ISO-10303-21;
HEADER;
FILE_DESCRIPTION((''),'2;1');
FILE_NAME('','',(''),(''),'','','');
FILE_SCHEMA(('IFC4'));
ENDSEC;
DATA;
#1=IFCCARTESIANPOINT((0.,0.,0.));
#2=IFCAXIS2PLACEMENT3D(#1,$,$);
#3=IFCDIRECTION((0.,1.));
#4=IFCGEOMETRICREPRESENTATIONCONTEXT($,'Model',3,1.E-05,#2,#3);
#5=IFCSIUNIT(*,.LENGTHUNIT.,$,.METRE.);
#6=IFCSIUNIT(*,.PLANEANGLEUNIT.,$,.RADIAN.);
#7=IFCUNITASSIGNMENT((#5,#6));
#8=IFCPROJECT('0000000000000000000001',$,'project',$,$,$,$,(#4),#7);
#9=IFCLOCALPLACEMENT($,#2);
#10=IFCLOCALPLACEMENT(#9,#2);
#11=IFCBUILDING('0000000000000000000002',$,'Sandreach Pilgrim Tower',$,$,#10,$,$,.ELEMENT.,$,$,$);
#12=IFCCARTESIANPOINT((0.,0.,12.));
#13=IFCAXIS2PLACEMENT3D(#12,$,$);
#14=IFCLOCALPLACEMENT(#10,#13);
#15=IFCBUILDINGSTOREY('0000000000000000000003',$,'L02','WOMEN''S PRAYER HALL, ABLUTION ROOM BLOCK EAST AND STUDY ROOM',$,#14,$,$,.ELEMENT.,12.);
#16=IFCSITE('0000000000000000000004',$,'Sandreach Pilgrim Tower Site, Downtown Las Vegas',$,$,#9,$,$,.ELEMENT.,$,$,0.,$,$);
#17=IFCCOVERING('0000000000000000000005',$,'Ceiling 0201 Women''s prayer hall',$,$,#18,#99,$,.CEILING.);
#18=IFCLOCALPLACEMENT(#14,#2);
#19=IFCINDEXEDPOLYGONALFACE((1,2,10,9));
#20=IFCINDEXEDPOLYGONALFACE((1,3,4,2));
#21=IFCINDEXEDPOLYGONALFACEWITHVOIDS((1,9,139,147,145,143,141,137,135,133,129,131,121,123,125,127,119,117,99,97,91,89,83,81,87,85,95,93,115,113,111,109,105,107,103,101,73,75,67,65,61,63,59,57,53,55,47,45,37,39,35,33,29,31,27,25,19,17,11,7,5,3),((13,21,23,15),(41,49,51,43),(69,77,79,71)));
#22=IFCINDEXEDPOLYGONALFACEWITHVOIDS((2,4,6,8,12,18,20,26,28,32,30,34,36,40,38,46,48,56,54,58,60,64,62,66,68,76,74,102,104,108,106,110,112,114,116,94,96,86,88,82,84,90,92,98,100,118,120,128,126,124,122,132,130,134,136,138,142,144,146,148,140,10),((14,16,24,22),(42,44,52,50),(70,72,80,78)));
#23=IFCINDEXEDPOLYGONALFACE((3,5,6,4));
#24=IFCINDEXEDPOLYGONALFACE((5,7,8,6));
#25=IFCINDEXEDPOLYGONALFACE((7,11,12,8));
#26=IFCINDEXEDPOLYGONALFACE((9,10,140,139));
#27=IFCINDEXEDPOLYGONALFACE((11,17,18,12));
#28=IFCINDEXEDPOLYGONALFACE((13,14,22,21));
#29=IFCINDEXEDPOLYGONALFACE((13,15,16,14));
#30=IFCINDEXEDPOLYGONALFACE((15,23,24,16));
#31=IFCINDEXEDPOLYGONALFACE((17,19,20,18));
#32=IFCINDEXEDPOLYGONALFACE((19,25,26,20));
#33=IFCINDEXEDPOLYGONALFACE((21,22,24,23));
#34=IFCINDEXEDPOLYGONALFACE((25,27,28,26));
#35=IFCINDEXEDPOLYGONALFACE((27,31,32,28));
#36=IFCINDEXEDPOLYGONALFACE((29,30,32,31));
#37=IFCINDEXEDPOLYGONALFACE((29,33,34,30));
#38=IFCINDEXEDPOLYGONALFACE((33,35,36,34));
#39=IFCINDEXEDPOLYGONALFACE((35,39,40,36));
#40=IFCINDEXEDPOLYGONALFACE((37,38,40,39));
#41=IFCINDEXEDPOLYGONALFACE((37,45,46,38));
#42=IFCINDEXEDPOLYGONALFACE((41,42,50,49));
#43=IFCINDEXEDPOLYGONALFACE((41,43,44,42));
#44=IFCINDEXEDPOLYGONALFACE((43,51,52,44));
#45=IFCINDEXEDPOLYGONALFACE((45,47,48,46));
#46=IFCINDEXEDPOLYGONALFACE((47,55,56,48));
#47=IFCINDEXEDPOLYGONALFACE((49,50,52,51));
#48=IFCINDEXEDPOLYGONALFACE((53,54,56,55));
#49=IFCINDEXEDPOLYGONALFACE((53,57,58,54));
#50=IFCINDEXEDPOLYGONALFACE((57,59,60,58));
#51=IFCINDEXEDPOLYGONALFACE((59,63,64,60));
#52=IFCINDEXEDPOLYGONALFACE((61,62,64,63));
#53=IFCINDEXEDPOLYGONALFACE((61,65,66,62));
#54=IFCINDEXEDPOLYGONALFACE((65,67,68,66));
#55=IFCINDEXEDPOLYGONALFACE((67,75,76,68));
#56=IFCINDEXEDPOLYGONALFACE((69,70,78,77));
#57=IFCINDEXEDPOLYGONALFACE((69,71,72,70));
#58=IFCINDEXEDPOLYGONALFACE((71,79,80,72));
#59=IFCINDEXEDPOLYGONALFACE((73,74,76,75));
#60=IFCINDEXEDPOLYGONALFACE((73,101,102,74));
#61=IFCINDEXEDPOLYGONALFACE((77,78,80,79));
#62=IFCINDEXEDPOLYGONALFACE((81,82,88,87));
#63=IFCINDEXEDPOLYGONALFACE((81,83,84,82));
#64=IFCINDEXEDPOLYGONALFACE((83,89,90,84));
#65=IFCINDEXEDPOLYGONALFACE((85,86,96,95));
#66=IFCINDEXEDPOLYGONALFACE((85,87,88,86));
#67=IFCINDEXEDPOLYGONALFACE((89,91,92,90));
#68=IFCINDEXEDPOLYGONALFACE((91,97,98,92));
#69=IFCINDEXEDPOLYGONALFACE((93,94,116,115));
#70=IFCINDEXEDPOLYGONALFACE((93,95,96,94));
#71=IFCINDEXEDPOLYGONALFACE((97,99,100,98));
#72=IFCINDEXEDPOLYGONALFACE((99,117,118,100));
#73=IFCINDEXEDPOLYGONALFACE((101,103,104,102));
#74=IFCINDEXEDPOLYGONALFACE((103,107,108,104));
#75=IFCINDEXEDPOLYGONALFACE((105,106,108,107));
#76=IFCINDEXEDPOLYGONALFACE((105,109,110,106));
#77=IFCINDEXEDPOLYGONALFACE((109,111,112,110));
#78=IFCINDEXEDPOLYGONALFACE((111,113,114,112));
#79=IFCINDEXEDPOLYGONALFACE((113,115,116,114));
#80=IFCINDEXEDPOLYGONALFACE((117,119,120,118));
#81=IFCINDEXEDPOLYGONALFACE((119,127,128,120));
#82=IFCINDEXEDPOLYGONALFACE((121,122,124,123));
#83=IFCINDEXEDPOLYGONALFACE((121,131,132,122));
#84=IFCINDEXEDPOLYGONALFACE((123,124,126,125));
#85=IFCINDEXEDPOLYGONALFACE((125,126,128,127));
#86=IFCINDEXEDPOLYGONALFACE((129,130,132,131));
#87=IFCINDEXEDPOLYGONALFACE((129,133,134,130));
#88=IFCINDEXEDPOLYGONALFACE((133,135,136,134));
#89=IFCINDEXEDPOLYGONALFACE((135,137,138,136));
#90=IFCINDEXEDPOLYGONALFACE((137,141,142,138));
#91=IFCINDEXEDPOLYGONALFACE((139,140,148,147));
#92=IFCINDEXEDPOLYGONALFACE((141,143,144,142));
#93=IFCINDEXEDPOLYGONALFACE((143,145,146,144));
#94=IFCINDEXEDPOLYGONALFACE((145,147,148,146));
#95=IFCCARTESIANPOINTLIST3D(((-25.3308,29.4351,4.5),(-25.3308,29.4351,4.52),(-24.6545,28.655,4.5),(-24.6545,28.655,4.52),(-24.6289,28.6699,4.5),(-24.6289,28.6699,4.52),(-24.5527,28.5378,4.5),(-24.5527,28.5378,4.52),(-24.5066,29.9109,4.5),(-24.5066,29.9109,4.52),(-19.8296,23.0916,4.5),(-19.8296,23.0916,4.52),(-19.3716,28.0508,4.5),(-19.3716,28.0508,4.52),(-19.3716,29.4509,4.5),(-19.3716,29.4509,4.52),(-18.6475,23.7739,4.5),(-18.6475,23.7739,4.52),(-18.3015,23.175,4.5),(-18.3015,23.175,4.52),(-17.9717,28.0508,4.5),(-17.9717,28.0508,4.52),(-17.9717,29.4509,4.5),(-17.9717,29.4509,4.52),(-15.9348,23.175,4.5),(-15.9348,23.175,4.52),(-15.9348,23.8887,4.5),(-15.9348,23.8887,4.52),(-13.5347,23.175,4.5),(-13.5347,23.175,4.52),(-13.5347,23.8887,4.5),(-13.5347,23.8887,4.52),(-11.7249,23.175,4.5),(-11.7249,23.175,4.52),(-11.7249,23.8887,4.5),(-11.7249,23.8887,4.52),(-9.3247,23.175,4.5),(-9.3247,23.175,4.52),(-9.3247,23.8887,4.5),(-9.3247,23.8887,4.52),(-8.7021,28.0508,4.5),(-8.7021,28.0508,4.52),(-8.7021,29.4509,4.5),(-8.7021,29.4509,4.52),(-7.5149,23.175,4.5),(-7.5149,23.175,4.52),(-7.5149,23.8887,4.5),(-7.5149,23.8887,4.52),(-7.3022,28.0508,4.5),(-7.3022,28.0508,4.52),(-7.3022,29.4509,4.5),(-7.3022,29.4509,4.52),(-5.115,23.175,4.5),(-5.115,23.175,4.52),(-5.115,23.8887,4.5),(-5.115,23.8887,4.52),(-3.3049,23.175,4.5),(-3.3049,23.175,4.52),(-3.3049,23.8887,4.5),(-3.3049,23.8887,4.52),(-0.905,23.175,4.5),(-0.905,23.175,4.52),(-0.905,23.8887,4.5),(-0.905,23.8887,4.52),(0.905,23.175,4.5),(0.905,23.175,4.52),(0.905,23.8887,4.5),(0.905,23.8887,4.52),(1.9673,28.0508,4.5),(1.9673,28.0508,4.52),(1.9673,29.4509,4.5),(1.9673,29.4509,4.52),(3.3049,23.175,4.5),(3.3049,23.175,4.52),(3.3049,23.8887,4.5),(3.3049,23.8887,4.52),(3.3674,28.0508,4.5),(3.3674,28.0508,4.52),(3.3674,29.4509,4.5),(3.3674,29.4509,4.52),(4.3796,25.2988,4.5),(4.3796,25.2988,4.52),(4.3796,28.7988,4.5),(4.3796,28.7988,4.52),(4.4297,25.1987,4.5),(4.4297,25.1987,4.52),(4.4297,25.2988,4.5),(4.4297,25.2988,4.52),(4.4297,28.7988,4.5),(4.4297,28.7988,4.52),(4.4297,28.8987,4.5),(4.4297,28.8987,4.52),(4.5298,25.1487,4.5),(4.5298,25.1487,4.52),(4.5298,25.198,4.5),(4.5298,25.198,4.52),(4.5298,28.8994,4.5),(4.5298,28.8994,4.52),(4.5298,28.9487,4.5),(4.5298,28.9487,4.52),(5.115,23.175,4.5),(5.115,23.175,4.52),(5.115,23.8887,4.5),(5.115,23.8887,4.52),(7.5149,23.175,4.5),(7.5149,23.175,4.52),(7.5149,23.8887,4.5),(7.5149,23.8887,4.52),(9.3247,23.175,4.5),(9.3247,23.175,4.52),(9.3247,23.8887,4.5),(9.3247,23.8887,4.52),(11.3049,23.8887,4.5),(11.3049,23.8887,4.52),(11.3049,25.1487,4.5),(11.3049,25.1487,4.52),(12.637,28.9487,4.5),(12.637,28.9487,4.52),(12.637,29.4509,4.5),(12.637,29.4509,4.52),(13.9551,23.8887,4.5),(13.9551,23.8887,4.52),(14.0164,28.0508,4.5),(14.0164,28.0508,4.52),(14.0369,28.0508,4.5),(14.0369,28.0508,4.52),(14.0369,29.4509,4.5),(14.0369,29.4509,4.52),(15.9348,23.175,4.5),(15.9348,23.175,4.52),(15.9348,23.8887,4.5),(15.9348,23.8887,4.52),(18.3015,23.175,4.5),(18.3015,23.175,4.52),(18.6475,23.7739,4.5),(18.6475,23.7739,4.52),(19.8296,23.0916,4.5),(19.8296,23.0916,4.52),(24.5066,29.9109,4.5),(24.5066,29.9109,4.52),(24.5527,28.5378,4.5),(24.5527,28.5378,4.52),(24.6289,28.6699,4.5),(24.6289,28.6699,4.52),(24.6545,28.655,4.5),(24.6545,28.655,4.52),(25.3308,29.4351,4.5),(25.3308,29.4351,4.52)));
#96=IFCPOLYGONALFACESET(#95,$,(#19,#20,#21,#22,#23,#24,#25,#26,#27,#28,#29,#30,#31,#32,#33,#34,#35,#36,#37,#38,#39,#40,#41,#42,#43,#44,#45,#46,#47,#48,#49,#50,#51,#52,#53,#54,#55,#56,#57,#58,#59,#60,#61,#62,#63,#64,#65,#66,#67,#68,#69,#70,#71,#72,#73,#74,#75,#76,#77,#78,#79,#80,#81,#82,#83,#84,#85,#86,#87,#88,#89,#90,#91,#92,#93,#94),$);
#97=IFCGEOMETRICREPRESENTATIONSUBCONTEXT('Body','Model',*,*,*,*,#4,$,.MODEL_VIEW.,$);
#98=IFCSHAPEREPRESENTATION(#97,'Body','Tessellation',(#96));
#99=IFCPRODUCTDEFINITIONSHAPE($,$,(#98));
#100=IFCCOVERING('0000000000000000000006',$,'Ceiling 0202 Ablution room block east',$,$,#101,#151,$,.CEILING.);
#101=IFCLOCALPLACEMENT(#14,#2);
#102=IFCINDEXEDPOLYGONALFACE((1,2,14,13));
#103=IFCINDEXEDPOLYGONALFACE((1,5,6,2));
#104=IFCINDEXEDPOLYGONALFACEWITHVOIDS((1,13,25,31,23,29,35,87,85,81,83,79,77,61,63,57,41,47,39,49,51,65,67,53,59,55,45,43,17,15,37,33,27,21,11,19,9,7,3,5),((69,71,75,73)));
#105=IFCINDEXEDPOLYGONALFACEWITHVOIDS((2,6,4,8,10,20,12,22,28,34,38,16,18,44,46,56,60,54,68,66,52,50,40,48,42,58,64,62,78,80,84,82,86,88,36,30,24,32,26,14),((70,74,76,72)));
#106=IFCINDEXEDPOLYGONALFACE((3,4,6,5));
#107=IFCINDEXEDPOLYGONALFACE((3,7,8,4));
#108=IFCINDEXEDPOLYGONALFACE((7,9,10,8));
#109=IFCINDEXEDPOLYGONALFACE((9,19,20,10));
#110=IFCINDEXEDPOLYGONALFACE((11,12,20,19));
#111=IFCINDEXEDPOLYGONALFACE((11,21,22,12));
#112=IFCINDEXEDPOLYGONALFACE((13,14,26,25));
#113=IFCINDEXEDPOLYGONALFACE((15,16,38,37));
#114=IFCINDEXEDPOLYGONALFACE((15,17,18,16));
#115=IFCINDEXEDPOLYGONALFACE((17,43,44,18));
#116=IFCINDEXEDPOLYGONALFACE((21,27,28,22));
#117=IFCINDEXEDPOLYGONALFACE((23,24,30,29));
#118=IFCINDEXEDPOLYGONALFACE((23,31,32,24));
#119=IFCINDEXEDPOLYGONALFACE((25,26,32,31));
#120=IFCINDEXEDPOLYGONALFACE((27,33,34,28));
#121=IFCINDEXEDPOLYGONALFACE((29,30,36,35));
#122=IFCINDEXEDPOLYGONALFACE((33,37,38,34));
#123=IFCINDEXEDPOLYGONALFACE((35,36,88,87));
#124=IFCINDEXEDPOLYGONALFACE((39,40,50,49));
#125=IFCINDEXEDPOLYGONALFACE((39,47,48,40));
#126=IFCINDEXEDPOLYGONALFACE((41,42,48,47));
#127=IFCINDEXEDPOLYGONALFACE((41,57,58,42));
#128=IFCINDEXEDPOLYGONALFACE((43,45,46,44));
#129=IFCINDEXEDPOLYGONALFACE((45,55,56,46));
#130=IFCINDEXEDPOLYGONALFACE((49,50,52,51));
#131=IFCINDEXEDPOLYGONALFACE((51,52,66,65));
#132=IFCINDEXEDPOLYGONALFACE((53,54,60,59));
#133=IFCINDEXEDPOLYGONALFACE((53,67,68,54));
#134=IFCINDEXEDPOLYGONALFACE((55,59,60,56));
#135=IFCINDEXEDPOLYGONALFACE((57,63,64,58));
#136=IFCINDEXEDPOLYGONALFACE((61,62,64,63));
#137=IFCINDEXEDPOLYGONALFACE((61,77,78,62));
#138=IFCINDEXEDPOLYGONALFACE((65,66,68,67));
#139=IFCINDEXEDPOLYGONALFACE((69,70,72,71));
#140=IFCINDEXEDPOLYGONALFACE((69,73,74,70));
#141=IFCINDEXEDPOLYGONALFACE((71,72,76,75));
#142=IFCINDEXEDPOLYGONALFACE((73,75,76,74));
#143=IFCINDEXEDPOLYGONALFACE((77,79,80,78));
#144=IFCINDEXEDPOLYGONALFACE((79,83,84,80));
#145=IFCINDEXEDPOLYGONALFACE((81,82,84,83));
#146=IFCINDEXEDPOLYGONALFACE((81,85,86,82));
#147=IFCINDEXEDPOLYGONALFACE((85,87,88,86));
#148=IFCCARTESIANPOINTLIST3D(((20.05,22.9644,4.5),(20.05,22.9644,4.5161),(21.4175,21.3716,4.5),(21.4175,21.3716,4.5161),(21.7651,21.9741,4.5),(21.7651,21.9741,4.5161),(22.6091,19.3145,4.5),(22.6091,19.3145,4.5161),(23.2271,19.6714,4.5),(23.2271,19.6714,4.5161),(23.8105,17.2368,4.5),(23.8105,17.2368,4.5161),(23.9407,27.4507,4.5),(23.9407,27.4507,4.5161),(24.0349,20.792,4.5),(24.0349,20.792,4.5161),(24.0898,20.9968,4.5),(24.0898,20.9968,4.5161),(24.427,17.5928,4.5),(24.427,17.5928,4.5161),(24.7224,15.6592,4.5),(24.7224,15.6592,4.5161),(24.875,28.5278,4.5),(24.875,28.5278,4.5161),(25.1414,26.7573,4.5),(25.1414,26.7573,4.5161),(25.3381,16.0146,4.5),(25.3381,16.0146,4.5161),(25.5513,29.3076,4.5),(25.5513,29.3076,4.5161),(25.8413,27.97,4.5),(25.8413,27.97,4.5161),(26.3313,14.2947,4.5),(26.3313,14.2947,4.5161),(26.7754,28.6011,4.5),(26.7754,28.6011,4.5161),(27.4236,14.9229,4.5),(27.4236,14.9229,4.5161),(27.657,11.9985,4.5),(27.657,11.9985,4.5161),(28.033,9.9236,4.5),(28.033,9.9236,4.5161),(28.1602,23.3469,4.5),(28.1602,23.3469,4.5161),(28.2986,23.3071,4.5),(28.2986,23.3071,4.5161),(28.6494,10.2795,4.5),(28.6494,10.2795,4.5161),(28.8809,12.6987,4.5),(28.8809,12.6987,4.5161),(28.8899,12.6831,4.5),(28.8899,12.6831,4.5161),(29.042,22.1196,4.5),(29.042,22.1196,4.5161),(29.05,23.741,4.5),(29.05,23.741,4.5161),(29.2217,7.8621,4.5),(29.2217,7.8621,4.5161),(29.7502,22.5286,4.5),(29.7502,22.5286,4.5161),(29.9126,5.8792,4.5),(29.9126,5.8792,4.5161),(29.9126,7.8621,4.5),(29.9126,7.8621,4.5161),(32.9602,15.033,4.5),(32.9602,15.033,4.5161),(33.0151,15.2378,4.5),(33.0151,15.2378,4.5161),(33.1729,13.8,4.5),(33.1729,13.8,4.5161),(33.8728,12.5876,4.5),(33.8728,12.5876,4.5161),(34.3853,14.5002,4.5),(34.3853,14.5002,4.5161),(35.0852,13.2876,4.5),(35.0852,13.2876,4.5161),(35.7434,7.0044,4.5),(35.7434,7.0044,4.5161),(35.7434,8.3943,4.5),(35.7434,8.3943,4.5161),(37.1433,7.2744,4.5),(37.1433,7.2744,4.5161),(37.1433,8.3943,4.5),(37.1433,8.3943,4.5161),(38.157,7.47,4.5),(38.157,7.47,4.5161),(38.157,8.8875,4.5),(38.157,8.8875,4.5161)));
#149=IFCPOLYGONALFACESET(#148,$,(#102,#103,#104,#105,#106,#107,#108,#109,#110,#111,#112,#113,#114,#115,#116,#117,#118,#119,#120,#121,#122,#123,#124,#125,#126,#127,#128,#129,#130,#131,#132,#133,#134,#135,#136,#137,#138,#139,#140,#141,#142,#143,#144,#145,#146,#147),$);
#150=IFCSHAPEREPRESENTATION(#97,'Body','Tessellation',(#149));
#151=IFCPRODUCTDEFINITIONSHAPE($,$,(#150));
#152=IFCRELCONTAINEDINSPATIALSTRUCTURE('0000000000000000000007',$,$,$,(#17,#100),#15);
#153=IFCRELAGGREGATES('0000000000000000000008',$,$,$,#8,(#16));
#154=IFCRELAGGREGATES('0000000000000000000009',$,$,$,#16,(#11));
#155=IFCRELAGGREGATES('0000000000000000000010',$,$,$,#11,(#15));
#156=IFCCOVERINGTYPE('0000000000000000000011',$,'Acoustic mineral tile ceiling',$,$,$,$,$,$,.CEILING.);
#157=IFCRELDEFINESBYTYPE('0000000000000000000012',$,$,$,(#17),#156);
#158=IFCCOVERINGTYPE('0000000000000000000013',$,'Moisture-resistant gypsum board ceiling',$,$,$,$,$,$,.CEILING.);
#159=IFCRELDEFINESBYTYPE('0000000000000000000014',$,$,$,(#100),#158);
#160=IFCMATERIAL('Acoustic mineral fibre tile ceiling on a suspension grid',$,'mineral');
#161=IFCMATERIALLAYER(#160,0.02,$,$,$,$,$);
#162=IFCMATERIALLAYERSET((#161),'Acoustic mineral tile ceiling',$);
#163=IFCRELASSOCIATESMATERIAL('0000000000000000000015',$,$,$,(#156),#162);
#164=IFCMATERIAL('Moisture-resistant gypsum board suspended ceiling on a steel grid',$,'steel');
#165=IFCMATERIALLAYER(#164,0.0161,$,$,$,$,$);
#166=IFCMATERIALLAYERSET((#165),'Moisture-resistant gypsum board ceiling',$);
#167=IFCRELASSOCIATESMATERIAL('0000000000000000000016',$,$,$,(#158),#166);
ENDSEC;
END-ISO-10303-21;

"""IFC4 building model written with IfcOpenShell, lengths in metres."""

from ifc_helpers import new_model, si_unit, direction, frame, origin, place, context, subcontext, project, spatial, polyline, outline, extrude, material, layer, layer_set, type_object, element, save


model = new_model("IFC4")

# Units and contexts
model_context = context("Model", 3, precision=1e-05, world=origin(), true_north=direction((0.0, 1.0)))
body_context = subcontext(model_context, "Body", "Model", "MODEL_VIEW")
ifc_project = project(units=[si_unit("LENGTHUNIT", "METRE"), si_unit("PLANEANGLEUNIT", "RADIAN")], contexts=[model_context])

# Site, building, storey
site_placement = place(None, origin())
site = spatial("IfcSite", under=ifc_project, at=site_placement, Name="Sandreach Pilgrim Tower Site, Downtown Las Vegas", CompositionType="ELEMENT", RefElevation=0.0)
building_placement = place(site_placement, origin())
building = spatial("IfcBuilding", under=site, at=building_placement, Name="Sandreach Pilgrim Tower", CompositionType="ELEMENT")
storey_placement = place(building_placement, frame((0.0, 0.0, 12.0)))
storey = spatial("IfcBuildingStorey", under=building, at=storey_placement, Name="L02", Description="WOMEN'S PRAYER HALL, ABLUTION ROOM BLOCK EAST AND STUDY ROOM", CompositionType="ELEMENT", Elevation=12.0)

# Coverings
ifc_material_1 = material(Name="Acoustic mineral fibre tile ceiling on a suspension grid", Category="mineral")
ifc_layer_1 = layer(ifc_material_1, 0.02)
ifc_layer_set_1 = layer_set([ifc_layer_1], Name="Acoustic mineral tile ceiling")
covering_type_1 = type_object("IfcCoveringType", Name="Acoustic mineral tile ceiling", PredefinedType="CEILING", material=ifc_layer_set_1)
covering_1_placement = place(storey_placement, frame((0.0, 0.0, 4.5)))
element("IfcCovering", 1, at=covering_1_placement, inside=storey, type_object=covering_type_1, Name="Ceiling 0201 Women's prayer hall", PredefinedType="CEILING", context=body_context, shape_type="SweptSolid", body=[
    extrude(outline(polyline([(-24.5066, 29.9109), (24.5066, 29.9109), (25.3308, 29.4351), (24.6545, 28.655), (24.6289, 28.6699), (24.5527, 28.5378), (19.8296, 23.0916), (18.6475, 23.7739), (18.3015, 23.175), (15.9348, 23.175), (15.9348, 23.8887), (13.9551, 23.8887), (14.0164, 28.0508), (14.0369, 28.0508), (14.0369, 29.4509), (12.637, 29.4509), (12.637, 28.9487), (4.5298, 28.9487), (4.5298, 28.8994), (4.4297, 28.8987), (4.4297, 28.7988), (4.3796, 28.7988), (4.3796, 25.2988), (4.4297, 25.2988), (4.4297, 25.1987), (4.5298, 25.198), (4.5298, 25.1487), (11.3049, 25.1487), (11.3049, 23.8887), (9.3247, 23.8887), (9.3247, 23.175), (7.5149, 23.175), (7.5149, 23.8887), (5.115, 23.8887), (5.115, 23.175), (3.3049, 23.175), (3.3049, 23.8887), (0.905, 23.8887), (0.905, 23.175), (-0.905, 23.175), (-0.905, 23.8887), (-3.3049, 23.8887), (-3.3049, 23.175), (-5.115, 23.175), (-5.115, 23.8887), (-7.5149, 23.8887), (-7.5149, 23.175), (-9.3247, 23.175), (-9.3247, 23.8887), (-11.7249, 23.8887), (-11.7249, 23.175), (-13.5347, 23.175), (-13.5347, 23.8887), (-15.9348, 23.8887), (-15.9348, 23.175), (-18.3015, 23.175), (-18.6475, 23.7739), (-19.8296, 23.0916), (-24.5527, 28.5378), (-24.6289, 28.6699), (-24.6545, 28.655), (-25.3308, 29.4351), (-24.5066, 29.9109)]), holes=[polyline([(1.9673, 29.4509), (1.9673, 28.0508), (3.3674, 28.0508), (3.3674, 29.4509), (1.9673, 29.4509)]), polyline([(-7.3022, 29.4509), (-8.7021, 29.4509), (-8.7021, 28.0508), (-7.3022, 28.0508), (-7.3022, 29.4509)]), polyline([(-17.9717, 29.4509), (-19.3716, 29.4509), (-19.3716, 28.0508), (-17.9717, 28.0508), (-17.9717, 29.4509)])]), origin(), (0.0, 0.0, 1.0), 0.02),
])
ifc_material_2 = material(Name="Moisture-resistant gypsum board suspended ceiling on a steel grid", Category="steel")
ifc_layer_2 = layer(ifc_material_2, 0.0161)
ifc_layer_set_2 = layer_set([ifc_layer_2], Name="Moisture-resistant gypsum board ceiling")
covering_type_2 = type_object("IfcCoveringType", Name="Moisture-resistant gypsum board ceiling", PredefinedType="CEILING", material=ifc_layer_set_2)
covering_2_placement = place(storey_placement, frame((0.0, 0.0, 4.5)))
element("IfcCovering", 2, at=covering_2_placement, inside=storey, type_object=covering_type_2, Name="Ceiling 0202 Ablution room block east", PredefinedType="CEILING", context=body_context, shape_type="SweptSolid", body=[
    extrude(outline(polyline([(24.0349, 20.792), (27.4236, 14.9229), (26.3313, 14.2947), (25.3381, 16.0146), (24.7224, 15.6592), (23.8105, 17.2368), (24.427, 17.5928), (23.2271, 19.6714), (22.6091, 19.3145), (21.4175, 21.3716), (21.7651, 21.9741), (20.05, 22.9644), (23.9407, 27.4507), (25.1414, 26.7573), (25.8413, 27.97), (24.875, 28.5278), (25.5513, 29.3076), (26.7754, 28.6011), (38.157, 8.8875), (38.157, 7.47), (37.1433, 7.2744), (37.1433, 8.3943), (35.7434, 8.3943), (35.7434, 7.0044), (29.9126, 5.8792), (29.9126, 7.8621), (29.2217, 7.8621), (28.033, 9.9236), (28.6494, 10.2795), (27.657, 11.9985), (28.8809, 12.6987), (28.8899, 12.6831), (32.9602, 15.033), (33.0151, 15.2378), (29.042, 22.1196), (29.7502, 22.5286), (29.05, 23.741), (28.2986, 23.3071), (28.1602, 23.3469), (24.0898, 20.9968), (24.0349, 20.792)]), holes=[polyline([(34.3853, 14.5002), (33.1729, 13.8), (33.8728, 12.5876), (35.0852, 13.2876), (34.3853, 14.5002)])]), origin(), (0.0, 0.0, 1.0), 0.0161),
])

save(model, "model.ifc")
